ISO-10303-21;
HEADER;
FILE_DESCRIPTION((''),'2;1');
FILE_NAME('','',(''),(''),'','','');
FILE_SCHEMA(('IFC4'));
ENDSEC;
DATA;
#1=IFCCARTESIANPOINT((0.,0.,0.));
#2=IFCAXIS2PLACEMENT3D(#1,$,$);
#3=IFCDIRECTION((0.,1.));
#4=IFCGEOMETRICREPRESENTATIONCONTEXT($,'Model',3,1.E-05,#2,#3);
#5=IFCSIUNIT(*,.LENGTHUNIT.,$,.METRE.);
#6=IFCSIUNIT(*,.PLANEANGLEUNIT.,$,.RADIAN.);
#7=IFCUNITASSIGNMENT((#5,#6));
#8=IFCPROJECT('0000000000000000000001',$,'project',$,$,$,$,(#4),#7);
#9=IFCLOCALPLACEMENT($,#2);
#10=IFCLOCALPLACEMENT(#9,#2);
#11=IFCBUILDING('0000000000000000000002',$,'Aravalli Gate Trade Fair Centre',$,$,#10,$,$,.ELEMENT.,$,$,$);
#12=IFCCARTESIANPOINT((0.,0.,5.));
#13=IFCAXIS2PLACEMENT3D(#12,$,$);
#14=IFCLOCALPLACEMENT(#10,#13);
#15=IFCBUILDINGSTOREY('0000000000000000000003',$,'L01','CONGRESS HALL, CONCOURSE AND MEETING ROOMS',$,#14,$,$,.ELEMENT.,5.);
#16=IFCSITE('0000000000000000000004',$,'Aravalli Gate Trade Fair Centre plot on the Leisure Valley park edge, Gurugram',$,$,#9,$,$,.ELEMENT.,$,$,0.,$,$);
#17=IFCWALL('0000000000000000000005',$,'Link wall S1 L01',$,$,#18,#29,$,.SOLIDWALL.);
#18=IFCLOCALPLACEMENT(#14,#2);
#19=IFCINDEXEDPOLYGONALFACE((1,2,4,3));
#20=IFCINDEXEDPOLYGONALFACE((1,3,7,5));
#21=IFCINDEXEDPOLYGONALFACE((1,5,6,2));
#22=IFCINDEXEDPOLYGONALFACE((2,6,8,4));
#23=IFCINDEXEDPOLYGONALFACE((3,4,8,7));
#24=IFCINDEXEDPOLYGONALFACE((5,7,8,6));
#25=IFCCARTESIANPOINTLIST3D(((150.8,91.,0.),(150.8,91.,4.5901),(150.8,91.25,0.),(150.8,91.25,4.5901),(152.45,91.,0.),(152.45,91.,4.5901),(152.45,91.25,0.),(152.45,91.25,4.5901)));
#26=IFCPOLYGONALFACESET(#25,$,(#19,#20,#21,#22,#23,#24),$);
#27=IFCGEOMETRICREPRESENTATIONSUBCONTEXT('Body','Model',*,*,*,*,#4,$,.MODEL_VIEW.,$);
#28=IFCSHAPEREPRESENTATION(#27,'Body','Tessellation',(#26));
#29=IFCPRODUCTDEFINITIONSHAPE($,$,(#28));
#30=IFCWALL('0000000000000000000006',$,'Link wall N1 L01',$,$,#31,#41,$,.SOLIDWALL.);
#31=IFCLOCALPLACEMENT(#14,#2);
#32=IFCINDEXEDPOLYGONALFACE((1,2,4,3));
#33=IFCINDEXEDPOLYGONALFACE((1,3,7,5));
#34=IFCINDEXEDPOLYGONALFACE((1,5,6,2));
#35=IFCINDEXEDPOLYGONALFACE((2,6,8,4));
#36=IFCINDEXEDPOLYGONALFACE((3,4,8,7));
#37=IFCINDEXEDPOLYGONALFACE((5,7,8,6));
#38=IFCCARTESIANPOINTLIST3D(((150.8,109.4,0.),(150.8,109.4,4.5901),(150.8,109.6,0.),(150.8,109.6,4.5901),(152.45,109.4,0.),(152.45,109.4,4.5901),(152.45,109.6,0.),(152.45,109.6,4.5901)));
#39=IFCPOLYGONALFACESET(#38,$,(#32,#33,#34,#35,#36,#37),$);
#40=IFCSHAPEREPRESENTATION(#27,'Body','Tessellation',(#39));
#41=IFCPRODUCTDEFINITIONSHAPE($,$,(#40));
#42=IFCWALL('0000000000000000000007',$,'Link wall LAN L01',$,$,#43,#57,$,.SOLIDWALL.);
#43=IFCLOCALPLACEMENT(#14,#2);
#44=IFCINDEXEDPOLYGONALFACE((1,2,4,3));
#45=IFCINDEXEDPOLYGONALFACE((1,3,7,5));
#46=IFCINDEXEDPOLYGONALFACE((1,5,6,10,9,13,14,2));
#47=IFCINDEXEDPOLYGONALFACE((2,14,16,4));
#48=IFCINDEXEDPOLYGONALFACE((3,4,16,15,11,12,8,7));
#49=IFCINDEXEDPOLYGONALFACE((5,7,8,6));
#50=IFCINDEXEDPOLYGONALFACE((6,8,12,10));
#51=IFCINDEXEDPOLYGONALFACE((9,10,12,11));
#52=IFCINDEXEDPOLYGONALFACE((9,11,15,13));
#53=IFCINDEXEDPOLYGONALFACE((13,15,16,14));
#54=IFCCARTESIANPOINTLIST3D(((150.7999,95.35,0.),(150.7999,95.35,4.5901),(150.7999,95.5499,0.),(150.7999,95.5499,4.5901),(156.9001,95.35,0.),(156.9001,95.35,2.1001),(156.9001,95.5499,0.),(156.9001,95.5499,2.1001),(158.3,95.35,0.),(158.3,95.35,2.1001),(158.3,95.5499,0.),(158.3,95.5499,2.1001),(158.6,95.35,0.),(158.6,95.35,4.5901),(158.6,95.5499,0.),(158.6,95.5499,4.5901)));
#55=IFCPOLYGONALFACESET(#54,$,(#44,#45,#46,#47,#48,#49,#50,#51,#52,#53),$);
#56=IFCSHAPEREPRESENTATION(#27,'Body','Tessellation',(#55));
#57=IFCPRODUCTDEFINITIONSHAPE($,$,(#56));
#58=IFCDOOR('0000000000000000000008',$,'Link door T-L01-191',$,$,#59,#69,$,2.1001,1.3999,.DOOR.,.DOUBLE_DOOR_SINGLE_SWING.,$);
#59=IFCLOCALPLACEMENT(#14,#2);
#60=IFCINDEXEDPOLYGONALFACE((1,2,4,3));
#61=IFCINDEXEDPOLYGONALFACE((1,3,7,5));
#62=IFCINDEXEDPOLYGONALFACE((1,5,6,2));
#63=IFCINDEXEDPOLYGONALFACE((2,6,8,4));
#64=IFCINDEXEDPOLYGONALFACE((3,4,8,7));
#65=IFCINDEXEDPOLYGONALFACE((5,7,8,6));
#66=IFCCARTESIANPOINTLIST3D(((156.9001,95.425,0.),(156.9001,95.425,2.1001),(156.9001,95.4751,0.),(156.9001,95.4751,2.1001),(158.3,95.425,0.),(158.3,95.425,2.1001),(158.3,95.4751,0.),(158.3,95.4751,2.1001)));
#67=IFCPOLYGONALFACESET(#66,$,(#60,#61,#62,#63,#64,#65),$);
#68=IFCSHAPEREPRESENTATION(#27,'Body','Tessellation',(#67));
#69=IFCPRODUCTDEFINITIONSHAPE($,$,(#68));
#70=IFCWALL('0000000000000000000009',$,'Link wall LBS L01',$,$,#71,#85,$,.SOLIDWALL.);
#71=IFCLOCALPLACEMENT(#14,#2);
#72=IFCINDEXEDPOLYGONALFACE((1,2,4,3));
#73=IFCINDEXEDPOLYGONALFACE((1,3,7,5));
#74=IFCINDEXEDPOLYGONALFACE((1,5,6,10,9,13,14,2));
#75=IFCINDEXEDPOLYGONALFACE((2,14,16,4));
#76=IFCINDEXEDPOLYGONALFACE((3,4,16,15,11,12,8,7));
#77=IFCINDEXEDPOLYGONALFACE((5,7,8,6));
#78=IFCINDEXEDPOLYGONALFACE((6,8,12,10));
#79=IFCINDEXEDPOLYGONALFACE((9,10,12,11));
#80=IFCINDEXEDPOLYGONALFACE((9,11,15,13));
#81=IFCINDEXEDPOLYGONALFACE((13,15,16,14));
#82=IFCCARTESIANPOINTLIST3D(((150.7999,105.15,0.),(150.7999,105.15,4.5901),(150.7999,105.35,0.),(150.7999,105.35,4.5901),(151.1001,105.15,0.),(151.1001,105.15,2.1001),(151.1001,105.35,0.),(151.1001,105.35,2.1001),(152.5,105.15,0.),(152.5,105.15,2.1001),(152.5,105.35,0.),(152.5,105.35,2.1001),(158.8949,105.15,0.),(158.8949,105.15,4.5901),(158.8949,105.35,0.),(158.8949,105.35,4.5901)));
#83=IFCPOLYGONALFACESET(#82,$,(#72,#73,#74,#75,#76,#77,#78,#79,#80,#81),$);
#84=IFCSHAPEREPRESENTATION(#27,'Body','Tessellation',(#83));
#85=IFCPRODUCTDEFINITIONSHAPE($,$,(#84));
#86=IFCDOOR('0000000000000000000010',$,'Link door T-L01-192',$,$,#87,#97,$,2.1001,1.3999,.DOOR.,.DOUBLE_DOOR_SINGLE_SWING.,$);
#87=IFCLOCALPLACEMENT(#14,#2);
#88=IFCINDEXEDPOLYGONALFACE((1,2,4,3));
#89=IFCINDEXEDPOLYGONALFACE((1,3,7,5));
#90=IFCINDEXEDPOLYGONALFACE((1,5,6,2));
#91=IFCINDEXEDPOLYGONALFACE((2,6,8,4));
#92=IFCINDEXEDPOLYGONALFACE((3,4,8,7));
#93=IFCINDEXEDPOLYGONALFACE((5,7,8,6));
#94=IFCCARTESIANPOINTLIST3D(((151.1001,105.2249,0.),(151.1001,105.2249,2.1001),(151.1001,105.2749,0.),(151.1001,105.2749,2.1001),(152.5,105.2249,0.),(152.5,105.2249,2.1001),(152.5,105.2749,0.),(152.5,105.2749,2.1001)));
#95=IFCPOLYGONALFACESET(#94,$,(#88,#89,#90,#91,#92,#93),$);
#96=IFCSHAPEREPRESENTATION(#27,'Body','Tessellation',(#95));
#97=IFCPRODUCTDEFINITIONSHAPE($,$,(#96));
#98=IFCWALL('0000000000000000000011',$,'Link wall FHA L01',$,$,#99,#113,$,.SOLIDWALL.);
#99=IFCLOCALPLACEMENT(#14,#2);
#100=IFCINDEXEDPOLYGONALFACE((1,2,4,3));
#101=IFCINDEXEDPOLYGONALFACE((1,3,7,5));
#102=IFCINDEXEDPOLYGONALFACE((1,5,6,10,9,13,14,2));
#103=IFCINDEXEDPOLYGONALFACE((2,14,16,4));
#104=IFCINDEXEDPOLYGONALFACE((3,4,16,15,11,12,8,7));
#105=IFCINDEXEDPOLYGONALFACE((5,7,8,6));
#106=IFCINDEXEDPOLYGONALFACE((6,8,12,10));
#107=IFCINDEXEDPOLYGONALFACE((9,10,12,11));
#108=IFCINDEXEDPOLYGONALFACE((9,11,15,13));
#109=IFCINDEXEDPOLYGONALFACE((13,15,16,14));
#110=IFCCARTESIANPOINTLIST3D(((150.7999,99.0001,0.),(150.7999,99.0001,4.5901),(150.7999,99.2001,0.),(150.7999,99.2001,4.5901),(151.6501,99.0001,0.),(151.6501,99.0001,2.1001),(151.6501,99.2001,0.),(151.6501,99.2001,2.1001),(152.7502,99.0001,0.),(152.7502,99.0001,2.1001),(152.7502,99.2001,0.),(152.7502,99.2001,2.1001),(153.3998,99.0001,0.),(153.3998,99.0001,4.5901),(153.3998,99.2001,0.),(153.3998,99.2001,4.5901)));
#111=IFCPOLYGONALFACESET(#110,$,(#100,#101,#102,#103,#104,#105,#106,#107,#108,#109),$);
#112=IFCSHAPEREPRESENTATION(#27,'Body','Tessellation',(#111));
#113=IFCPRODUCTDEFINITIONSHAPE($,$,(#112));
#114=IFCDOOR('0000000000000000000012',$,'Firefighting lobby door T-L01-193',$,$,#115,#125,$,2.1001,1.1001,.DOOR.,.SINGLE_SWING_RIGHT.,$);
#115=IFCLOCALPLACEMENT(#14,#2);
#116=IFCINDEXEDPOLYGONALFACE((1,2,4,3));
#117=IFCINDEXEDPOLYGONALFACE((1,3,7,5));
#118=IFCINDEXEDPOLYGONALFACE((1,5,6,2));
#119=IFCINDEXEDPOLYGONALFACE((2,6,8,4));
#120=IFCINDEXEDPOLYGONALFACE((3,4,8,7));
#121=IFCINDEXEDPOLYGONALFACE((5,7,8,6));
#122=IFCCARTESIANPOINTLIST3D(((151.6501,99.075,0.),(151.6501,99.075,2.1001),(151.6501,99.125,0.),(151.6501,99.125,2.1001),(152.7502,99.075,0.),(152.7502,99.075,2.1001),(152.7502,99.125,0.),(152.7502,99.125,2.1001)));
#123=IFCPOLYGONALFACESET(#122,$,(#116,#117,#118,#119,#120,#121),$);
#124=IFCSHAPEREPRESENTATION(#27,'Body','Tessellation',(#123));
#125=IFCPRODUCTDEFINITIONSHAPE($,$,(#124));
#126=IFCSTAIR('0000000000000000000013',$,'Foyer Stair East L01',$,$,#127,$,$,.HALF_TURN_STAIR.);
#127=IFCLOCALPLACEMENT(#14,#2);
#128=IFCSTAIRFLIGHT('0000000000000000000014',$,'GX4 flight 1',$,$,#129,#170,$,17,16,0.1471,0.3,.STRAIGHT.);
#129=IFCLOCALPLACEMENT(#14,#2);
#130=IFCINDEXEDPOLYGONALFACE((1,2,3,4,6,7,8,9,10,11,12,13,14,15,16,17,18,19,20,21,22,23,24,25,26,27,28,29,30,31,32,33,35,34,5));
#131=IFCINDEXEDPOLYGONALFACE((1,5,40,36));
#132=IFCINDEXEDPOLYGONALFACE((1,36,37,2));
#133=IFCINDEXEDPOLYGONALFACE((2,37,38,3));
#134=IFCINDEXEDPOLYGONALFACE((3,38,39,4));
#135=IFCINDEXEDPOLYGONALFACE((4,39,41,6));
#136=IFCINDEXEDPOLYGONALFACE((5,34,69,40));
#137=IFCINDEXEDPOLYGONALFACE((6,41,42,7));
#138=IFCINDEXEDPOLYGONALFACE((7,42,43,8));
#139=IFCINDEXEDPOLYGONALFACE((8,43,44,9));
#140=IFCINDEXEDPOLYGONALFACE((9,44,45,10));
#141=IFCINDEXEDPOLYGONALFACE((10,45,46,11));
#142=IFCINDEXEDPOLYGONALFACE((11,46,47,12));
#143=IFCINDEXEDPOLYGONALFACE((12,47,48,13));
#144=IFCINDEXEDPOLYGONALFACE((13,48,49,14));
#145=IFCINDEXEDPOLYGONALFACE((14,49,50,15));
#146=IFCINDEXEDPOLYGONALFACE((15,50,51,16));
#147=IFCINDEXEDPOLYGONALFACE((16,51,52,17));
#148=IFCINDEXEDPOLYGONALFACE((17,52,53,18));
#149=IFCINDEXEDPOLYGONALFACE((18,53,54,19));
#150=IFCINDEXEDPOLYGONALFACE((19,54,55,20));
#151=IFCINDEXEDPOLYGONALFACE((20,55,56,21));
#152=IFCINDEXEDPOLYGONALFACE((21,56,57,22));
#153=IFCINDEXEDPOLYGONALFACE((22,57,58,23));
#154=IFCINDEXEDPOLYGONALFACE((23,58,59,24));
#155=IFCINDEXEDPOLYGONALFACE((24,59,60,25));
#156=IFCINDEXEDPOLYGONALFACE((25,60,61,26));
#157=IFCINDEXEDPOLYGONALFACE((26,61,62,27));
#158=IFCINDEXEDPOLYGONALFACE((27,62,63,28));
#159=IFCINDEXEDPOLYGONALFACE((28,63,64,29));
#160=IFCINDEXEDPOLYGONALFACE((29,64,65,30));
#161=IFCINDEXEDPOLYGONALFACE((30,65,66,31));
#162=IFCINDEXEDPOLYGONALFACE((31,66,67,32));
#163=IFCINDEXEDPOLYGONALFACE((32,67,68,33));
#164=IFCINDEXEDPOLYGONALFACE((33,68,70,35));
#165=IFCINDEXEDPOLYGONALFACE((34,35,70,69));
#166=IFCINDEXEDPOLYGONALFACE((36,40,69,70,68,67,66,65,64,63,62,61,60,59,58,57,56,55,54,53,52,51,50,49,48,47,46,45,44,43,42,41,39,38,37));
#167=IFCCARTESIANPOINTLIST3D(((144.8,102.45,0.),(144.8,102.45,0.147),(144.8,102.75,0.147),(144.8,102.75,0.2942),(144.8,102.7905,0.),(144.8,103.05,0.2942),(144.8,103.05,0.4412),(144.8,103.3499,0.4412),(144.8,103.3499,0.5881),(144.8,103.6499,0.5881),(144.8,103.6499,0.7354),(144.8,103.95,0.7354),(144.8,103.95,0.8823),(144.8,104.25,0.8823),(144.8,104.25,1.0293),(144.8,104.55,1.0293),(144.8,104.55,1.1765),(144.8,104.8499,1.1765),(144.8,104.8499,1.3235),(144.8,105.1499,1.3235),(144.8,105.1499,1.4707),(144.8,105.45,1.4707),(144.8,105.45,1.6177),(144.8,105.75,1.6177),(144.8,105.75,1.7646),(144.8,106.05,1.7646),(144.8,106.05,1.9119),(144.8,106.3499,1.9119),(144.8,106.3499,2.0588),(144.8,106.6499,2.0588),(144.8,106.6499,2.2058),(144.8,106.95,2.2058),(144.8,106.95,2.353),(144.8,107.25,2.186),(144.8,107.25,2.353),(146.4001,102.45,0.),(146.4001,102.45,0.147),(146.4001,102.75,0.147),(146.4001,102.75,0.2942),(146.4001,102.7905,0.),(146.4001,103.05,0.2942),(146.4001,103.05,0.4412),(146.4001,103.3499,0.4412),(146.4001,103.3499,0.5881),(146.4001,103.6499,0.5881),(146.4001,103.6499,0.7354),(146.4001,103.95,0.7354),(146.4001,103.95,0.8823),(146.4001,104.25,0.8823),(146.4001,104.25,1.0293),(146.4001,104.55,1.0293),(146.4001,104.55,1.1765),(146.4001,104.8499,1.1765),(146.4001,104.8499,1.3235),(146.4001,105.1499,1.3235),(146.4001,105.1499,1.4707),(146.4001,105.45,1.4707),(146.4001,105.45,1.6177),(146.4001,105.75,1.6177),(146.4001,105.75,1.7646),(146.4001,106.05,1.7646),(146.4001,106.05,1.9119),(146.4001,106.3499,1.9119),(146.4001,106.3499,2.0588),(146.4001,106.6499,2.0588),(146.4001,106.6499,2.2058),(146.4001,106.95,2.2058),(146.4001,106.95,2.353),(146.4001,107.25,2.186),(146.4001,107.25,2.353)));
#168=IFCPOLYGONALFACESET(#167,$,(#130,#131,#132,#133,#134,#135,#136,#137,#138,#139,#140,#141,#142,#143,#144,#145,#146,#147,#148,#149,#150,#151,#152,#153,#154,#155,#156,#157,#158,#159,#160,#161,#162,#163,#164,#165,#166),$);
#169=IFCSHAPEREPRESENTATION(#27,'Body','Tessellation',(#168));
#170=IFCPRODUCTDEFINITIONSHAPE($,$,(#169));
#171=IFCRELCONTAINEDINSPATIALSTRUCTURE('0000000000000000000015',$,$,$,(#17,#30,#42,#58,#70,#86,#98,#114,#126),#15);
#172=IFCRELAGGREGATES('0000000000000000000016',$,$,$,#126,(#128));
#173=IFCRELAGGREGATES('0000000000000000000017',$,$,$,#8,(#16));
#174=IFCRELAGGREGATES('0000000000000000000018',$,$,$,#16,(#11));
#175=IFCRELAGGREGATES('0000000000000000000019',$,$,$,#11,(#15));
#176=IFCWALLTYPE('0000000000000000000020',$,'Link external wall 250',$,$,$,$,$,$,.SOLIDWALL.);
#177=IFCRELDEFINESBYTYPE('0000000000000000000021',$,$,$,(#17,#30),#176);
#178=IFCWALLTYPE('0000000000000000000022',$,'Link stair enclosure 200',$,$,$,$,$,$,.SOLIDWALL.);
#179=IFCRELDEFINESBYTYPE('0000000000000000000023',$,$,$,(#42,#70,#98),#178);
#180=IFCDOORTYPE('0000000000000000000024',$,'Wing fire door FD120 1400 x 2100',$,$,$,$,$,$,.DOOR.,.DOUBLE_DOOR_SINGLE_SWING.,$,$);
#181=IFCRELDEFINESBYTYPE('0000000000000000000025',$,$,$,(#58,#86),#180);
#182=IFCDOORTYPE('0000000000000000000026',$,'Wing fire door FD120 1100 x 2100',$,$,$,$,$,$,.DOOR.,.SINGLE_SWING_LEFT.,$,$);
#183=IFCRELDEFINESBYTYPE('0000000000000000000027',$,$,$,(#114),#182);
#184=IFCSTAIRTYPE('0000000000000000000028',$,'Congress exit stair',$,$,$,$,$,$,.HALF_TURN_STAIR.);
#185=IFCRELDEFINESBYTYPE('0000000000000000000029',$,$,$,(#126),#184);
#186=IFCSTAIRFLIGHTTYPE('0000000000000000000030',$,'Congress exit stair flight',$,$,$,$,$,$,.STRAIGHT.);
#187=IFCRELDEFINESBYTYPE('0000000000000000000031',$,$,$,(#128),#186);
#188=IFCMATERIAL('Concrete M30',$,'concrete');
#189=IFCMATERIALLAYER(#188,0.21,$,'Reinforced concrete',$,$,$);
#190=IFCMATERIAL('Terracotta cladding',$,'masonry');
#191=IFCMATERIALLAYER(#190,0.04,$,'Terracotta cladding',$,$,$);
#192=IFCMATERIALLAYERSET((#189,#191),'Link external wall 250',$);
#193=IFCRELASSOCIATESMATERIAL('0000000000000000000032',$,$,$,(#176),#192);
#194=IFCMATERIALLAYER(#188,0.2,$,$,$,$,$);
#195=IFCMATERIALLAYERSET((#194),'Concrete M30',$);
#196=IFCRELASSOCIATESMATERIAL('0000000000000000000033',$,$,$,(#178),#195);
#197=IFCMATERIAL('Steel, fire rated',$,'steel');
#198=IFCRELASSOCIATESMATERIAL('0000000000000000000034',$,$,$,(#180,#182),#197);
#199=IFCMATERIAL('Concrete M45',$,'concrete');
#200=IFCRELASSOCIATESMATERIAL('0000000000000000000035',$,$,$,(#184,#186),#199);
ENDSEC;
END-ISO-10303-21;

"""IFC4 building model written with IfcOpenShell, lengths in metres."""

from ifc_helpers import new_model, si_unit, direction, frame, frame_2d, origin, place, context, subcontext, project, spatial, polyline, rectangle, outline, extrude, material, layer, layer_set, type_object, element, fill, aggregate, save


model = new_model("IFC4")

# Units and contexts
model_context = context("Model", 3, precision=1e-05, world=origin(), true_north=direction((0.0, 1.0)))
body_context = subcontext(model_context, "Body", "Model", "MODEL_VIEW")
ifc_project = project(units=[si_unit("LENGTHUNIT", "METRE"), si_unit("PLANEANGLEUNIT", "RADIAN")], contexts=[model_context])

# Site, building, storey
site_placement = place(None, origin())
site = spatial("IfcSite", under=ifc_project, at=site_placement, Name="Aravalli Gate Trade Fair Centre plot on the Leisure Valley park edge, Gurugram", CompositionType="ELEMENT", RefElevation=0.0)
building_placement = place(site_placement, origin())
building = spatial("IfcBuilding", under=site, at=building_placement, Name="Aravalli Gate Trade Fair Centre", CompositionType="ELEMENT")
storey_placement = place(building_placement, frame((0.0, 0.0, 5.0)))
storey = spatial("IfcBuildingStorey", under=building, at=storey_placement, Name="L01", Description="CONGRESS HALL, CONCOURSE AND MEETING ROOMS", CompositionType="ELEMENT", Elevation=5.0)

# Shared definitions
ifc_material_1 = material(Name="Concrete M45", Category="concrete")

# Shared definitions
ifc_material_2 = material(Name="Steel, fire rated", Category="steel")

# Walls
ifc_material_3 = material(Name="Concrete M30", Category="concrete")
ifc_layer_1 = layer(ifc_material_3, 0.21, Name="Reinforced concrete")
ifc_material_4 = material(Name="Terracotta cladding", Category="masonry")
ifc_layer_2 = layer(ifc_material_4, 0.04, Name="Terracotta cladding")
ifc_layer_set_1 = layer_set([ifc_layer_1, ifc_layer_2], Name="Link external wall 250")
wall_type_1 = type_object("IfcWallType", Name="Link external wall 250", PredefinedType="SOLIDWALL", material=ifc_layer_set_1)
wall_1_placement = place(storey_placement, frame((150.8, 91.125, 0.0), z_axis=(0.0, 0.0, 1.0), x_axis=(1.0, 0.0, 0.0)))
element("IfcWall", 1, at=wall_1_placement, inside=storey, type_object=wall_type_1, Name="Link wall S1 L01", PredefinedType="SOLIDWALL", context=body_context, shape_type="SweptSolid", body=[
    extrude(rectangle(XDim=1.6499, YDim=0.25, at=frame_2d((0.825, 0.0))), origin(), (0.0, 0.0, 1.0), 4.5901),
])
wall_2_placement = place(storey_placement, frame((150.8, 109.5, 0.0), z_axis=(0.0, 0.0, 1.0), x_axis=(1.0, 0.0, 0.0)))
element("IfcWall", 2, at=wall_2_placement, inside=storey, type_object=wall_type_1, Name="Link wall N1 L01", PredefinedType="SOLIDWALL", context=body_context, shape_type="SweptSolid", body=[
    extrude(rectangle(XDim=1.6499, YDim=0.2, at=frame_2d((0.825, 0.0))), origin(), (0.0, 0.0, 1.0), 4.5901),
])

# Walls, openings, doors
ifc_layer_3 = layer(ifc_material_3, 0.2)
ifc_layer_set_2 = layer_set([ifc_layer_3], Name="Concrete M30")
wall_type_2 = type_object("IfcWallType", Name="Link stair enclosure 200", PredefinedType="SOLIDWALL", material=ifc_layer_set_2)
wall_3_placement = place(storey_placement, frame((150.8, 95.45, 0.0), z_axis=(0.0, 0.0, 1.0), x_axis=(1.0, 0.0, 0.0)))
wall_3 = element("IfcWall", 3, at=wall_3_placement, inside=storey, type_object=wall_type_2, Name="Link wall LAN L01", PredefinedType="SOLIDWALL", context=body_context, shape_type="SweptSolid", body=[
    extrude(rectangle(XDim=7.8, YDim=0.2, at=frame_2d((3.8999, 0.0))), origin(), (0.0, 0.0, 1.0), 4.5901),
])
opening_1_placement = place(wall_3_placement, frame((6.1001, 0.0, 0.0)))
opening_1 = element("IfcOpeningElement", 4, at=opening_1_placement, cuts=wall_3, PredefinedType="OPENING", context=body_context, shape_type="SweptSolid", body=[
    extrude(rectangle(XDim=1.3999, YDim=2.1001, at=frame_2d((0.7, 1.05))), frame((0.0, 0.1099, 0.0), z_axis=(0.0, -1.0, 0.0), x_axis=(1.0, 0.0, 0.0)), (0.0, 0.0, 1.0), 0.22),
])
door_type_1 = type_object("IfcDoorType", Name="Wing fire door FD120 1400 x 2100", OperationType="DOUBLE_DOOR_SINGLE_SWING", PredefinedType="DOOR", material=ifc_material_2)
door_1_placement = place(opening_1_placement, frame((1.3999, 0.0, 0.0), z_axis=(0.0, 0.0, 1.0), x_axis=(-1.0, 0.0, 0.0)))
door_1 = element("IfcDoor", 5, at=door_1_placement, inside=storey, type_object=door_type_1, Name="Link door T-L01-191", OperationType="DOUBLE_DOOR_SINGLE_SWING", OverallHeight=2.1001, OverallWidth=1.3999, PredefinedType="DOOR", context=body_context, shape_type="SweptSolid", body=[
    extrude(rectangle(XDim=1.3999, YDim=2.1001, at=frame_2d((0.7, 1.05))), frame((0.0, 0.0249, 0.0), z_axis=(0.0, -1.0, 0.0), x_axis=(1.0, 0.0, 0.0)), (0.0, 0.0, 1.0), 0.05),
])
fill(opening_1, door_1)
wall_4_placement = place(storey_placement, frame((150.8, 105.25, 0.0), z_axis=(0.0, 0.0, 1.0), x_axis=(1.0, 0.0, 0.0)))
wall_4 = element("IfcWall", 6, at=wall_4_placement, inside=storey, type_object=wall_type_2, Name="Link wall LBS L01", PredefinedType="SOLIDWALL", context=body_context, shape_type="SweptSolid", body=[
    extrude(rectangle(XDim=8.095, YDim=0.2, at=frame_2d((4.0474, 0.0))), origin(), (0.0, 0.0, 1.0), 4.5901),
])
opening_2_placement = place(wall_4_placement, frame((0.3, 0.0, 0.0)))
opening_2 = element("IfcOpeningElement", 7, at=opening_2_placement, cuts=wall_4, PredefinedType="OPENING", context=body_context, shape_type="SweptSolid", body=[
    extrude(rectangle(XDim=1.3999, YDim=2.1001, at=frame_2d((0.7, 1.05))), frame((0.0, 0.1099, 0.0), z_axis=(0.0, -1.0, 0.0), x_axis=(1.0, 0.0, 0.0)), (0.0, 0.0, 1.0), 0.22),
])
door_2_placement = place(opening_2_placement, origin())
door_2 = element("IfcDoor", 8, at=door_2_placement, inside=storey, type_object=door_type_1, Name="Link door T-L01-192", OperationType="DOUBLE_DOOR_SINGLE_SWING", OverallHeight=2.1001, OverallWidth=1.3999, PredefinedType="DOOR", context=body_context, shape_type="SweptSolid", body=[
    extrude(rectangle(XDim=1.3999, YDim=2.1001, at=frame_2d((0.7, 1.05))), frame((0.0, 0.0249, 0.0), z_axis=(0.0, -1.0, 0.0), x_axis=(1.0, 0.0, 0.0)), (0.0, 0.0, 1.0), 0.05),
])
fill(opening_2, door_2)
wall_5_placement = place(storey_placement, frame((150.8, 99.1001, 0.0), z_axis=(0.0, 0.0, 1.0), x_axis=(1.0, 0.0, 0.0)))
wall_5 = element("IfcWall", 9, at=wall_5_placement, inside=storey, type_object=wall_type_2, Name="Link wall FHA L01", PredefinedType="SOLIDWALL", context=body_context, shape_type="SweptSolid", body=[
    extrude(rectangle(XDim=2.5999, YDim=0.2, at=frame_2d((1.2998, 0.0))), origin(), (0.0, 0.0, 1.0), 4.5901),
])
opening_3_placement = place(wall_5_placement, frame((0.8501, 0.0, 0.0)))
opening_3 = element("IfcOpeningElement", 10, at=opening_3_placement, cuts=wall_5, PredefinedType="OPENING", context=body_context, shape_type="SweptSolid", body=[
    extrude(rectangle(XDim=1.1001, YDim=2.1001, at=frame_2d((0.55, 1.05))), frame((0.0, 0.1099, 0.0), z_axis=(0.0, -1.0, 0.0), x_axis=(1.0, 0.0, 0.0)), (0.0, 0.0, 1.0), 0.22),
])
door_type_2 = type_object("IfcDoorType", Name="Wing fire door FD120 1100 x 2100", OperationType="SINGLE_SWING_LEFT", PredefinedType="DOOR", material=ifc_material_2)
door_3_placement = place(opening_3_placement, origin())
door_3 = element("IfcDoor", 11, at=door_3_placement, inside=storey, type_object=door_type_2, Name="Firefighting lobby door T-L01-193", OperationType="SINGLE_SWING_RIGHT", OverallHeight=2.1001, OverallWidth=1.1001, PredefinedType="DOOR", context=body_context, shape_type="SweptSolid", body=[
    extrude(rectangle(XDim=1.1001, YDim=2.1001, at=frame_2d((0.55, 1.05))), frame((0.0, 0.0249, 0.0), z_axis=(0.0, -1.0, 0.0), x_axis=(1.0, 0.0, 0.0)), (0.0, 0.0, 1.0), 0.05),
])
fill(opening_3, door_3)

# Stair, stair flight
stair_type = type_object("IfcStairType", Name="Congress exit stair", PredefinedType="HALF_TURN_STAIR", material=ifc_material_1)
stair_placement = place(storey_placement, origin())
stair = element("IfcStair", 12, at=stair_placement, inside=storey, type_object=stair_type, Name="Foyer Stair East L01", PredefinedType="HALF_TURN_STAIR")
stair_flight_type = type_object("IfcStairFlightType", Name="Congress exit stair flight", PredefinedType="STRAIGHT", material=ifc_material_1)
stair_flight_1_placement = place(storey_placement, frame((145.6001, 102.45, 0.0), z_axis=(0.0, 0.0, 1.0), x_axis=(0.0, 1.0, 0.0)))
stair_flight_1 = element("IfcStairFlight", 13, at=stair_flight_1_placement, type_object=stair_flight_type, Name="GX4 flight 1", NumberOfRisers=17, NumberOfTreads=16, PredefinedType="STRAIGHT", RiserHeight=0.1471, TreadLength=0.3, context=body_context, shape_type="SweptSolid", body=[
    extrude(outline(polyline([(0.0, 0.0), (0.0, 0.147), (0.3, 0.147), (0.3, 0.2942), (0.6001, 0.2942), (0.6001, 0.4412), (0.8999, 0.4412), (0.8999, 0.5881), (1.2, 0.5881), (1.2, 0.7354), (1.5, 0.7354), (1.5, 0.8823), (1.8, 0.8823), (1.8, 1.0293), (2.1001, 1.0293), (2.1001, 1.1765), (2.3999, 1.1765), (2.3999, 1.3235), (2.7, 1.3235), (2.7, 1.4707), (3.0, 1.4707), (3.0, 1.6177), (3.3, 1.6177), (3.3, 1.7646), (3.6001, 1.7646), (3.6001, 1.9119), (3.8999, 1.9119), (3.8999, 2.0588), (4.2, 2.0588), (4.2, 2.2058), (4.5, 2.2058), (4.5, 2.353), (4.8, 2.353), (4.8, 2.5), (4.8, 2.186), (0.3406, 0.0), (0.0, 0.0)])), frame((0.0, 0.8, 0.0), z_axis=(0.0, -1.0, 0.0), x_axis=(1.0, 0.0, 0.0)), (0.0, 0.0, 1.0), 1.6001),
])
aggregate(stair, [stair_flight_1])

save(model, "model.ifc")
